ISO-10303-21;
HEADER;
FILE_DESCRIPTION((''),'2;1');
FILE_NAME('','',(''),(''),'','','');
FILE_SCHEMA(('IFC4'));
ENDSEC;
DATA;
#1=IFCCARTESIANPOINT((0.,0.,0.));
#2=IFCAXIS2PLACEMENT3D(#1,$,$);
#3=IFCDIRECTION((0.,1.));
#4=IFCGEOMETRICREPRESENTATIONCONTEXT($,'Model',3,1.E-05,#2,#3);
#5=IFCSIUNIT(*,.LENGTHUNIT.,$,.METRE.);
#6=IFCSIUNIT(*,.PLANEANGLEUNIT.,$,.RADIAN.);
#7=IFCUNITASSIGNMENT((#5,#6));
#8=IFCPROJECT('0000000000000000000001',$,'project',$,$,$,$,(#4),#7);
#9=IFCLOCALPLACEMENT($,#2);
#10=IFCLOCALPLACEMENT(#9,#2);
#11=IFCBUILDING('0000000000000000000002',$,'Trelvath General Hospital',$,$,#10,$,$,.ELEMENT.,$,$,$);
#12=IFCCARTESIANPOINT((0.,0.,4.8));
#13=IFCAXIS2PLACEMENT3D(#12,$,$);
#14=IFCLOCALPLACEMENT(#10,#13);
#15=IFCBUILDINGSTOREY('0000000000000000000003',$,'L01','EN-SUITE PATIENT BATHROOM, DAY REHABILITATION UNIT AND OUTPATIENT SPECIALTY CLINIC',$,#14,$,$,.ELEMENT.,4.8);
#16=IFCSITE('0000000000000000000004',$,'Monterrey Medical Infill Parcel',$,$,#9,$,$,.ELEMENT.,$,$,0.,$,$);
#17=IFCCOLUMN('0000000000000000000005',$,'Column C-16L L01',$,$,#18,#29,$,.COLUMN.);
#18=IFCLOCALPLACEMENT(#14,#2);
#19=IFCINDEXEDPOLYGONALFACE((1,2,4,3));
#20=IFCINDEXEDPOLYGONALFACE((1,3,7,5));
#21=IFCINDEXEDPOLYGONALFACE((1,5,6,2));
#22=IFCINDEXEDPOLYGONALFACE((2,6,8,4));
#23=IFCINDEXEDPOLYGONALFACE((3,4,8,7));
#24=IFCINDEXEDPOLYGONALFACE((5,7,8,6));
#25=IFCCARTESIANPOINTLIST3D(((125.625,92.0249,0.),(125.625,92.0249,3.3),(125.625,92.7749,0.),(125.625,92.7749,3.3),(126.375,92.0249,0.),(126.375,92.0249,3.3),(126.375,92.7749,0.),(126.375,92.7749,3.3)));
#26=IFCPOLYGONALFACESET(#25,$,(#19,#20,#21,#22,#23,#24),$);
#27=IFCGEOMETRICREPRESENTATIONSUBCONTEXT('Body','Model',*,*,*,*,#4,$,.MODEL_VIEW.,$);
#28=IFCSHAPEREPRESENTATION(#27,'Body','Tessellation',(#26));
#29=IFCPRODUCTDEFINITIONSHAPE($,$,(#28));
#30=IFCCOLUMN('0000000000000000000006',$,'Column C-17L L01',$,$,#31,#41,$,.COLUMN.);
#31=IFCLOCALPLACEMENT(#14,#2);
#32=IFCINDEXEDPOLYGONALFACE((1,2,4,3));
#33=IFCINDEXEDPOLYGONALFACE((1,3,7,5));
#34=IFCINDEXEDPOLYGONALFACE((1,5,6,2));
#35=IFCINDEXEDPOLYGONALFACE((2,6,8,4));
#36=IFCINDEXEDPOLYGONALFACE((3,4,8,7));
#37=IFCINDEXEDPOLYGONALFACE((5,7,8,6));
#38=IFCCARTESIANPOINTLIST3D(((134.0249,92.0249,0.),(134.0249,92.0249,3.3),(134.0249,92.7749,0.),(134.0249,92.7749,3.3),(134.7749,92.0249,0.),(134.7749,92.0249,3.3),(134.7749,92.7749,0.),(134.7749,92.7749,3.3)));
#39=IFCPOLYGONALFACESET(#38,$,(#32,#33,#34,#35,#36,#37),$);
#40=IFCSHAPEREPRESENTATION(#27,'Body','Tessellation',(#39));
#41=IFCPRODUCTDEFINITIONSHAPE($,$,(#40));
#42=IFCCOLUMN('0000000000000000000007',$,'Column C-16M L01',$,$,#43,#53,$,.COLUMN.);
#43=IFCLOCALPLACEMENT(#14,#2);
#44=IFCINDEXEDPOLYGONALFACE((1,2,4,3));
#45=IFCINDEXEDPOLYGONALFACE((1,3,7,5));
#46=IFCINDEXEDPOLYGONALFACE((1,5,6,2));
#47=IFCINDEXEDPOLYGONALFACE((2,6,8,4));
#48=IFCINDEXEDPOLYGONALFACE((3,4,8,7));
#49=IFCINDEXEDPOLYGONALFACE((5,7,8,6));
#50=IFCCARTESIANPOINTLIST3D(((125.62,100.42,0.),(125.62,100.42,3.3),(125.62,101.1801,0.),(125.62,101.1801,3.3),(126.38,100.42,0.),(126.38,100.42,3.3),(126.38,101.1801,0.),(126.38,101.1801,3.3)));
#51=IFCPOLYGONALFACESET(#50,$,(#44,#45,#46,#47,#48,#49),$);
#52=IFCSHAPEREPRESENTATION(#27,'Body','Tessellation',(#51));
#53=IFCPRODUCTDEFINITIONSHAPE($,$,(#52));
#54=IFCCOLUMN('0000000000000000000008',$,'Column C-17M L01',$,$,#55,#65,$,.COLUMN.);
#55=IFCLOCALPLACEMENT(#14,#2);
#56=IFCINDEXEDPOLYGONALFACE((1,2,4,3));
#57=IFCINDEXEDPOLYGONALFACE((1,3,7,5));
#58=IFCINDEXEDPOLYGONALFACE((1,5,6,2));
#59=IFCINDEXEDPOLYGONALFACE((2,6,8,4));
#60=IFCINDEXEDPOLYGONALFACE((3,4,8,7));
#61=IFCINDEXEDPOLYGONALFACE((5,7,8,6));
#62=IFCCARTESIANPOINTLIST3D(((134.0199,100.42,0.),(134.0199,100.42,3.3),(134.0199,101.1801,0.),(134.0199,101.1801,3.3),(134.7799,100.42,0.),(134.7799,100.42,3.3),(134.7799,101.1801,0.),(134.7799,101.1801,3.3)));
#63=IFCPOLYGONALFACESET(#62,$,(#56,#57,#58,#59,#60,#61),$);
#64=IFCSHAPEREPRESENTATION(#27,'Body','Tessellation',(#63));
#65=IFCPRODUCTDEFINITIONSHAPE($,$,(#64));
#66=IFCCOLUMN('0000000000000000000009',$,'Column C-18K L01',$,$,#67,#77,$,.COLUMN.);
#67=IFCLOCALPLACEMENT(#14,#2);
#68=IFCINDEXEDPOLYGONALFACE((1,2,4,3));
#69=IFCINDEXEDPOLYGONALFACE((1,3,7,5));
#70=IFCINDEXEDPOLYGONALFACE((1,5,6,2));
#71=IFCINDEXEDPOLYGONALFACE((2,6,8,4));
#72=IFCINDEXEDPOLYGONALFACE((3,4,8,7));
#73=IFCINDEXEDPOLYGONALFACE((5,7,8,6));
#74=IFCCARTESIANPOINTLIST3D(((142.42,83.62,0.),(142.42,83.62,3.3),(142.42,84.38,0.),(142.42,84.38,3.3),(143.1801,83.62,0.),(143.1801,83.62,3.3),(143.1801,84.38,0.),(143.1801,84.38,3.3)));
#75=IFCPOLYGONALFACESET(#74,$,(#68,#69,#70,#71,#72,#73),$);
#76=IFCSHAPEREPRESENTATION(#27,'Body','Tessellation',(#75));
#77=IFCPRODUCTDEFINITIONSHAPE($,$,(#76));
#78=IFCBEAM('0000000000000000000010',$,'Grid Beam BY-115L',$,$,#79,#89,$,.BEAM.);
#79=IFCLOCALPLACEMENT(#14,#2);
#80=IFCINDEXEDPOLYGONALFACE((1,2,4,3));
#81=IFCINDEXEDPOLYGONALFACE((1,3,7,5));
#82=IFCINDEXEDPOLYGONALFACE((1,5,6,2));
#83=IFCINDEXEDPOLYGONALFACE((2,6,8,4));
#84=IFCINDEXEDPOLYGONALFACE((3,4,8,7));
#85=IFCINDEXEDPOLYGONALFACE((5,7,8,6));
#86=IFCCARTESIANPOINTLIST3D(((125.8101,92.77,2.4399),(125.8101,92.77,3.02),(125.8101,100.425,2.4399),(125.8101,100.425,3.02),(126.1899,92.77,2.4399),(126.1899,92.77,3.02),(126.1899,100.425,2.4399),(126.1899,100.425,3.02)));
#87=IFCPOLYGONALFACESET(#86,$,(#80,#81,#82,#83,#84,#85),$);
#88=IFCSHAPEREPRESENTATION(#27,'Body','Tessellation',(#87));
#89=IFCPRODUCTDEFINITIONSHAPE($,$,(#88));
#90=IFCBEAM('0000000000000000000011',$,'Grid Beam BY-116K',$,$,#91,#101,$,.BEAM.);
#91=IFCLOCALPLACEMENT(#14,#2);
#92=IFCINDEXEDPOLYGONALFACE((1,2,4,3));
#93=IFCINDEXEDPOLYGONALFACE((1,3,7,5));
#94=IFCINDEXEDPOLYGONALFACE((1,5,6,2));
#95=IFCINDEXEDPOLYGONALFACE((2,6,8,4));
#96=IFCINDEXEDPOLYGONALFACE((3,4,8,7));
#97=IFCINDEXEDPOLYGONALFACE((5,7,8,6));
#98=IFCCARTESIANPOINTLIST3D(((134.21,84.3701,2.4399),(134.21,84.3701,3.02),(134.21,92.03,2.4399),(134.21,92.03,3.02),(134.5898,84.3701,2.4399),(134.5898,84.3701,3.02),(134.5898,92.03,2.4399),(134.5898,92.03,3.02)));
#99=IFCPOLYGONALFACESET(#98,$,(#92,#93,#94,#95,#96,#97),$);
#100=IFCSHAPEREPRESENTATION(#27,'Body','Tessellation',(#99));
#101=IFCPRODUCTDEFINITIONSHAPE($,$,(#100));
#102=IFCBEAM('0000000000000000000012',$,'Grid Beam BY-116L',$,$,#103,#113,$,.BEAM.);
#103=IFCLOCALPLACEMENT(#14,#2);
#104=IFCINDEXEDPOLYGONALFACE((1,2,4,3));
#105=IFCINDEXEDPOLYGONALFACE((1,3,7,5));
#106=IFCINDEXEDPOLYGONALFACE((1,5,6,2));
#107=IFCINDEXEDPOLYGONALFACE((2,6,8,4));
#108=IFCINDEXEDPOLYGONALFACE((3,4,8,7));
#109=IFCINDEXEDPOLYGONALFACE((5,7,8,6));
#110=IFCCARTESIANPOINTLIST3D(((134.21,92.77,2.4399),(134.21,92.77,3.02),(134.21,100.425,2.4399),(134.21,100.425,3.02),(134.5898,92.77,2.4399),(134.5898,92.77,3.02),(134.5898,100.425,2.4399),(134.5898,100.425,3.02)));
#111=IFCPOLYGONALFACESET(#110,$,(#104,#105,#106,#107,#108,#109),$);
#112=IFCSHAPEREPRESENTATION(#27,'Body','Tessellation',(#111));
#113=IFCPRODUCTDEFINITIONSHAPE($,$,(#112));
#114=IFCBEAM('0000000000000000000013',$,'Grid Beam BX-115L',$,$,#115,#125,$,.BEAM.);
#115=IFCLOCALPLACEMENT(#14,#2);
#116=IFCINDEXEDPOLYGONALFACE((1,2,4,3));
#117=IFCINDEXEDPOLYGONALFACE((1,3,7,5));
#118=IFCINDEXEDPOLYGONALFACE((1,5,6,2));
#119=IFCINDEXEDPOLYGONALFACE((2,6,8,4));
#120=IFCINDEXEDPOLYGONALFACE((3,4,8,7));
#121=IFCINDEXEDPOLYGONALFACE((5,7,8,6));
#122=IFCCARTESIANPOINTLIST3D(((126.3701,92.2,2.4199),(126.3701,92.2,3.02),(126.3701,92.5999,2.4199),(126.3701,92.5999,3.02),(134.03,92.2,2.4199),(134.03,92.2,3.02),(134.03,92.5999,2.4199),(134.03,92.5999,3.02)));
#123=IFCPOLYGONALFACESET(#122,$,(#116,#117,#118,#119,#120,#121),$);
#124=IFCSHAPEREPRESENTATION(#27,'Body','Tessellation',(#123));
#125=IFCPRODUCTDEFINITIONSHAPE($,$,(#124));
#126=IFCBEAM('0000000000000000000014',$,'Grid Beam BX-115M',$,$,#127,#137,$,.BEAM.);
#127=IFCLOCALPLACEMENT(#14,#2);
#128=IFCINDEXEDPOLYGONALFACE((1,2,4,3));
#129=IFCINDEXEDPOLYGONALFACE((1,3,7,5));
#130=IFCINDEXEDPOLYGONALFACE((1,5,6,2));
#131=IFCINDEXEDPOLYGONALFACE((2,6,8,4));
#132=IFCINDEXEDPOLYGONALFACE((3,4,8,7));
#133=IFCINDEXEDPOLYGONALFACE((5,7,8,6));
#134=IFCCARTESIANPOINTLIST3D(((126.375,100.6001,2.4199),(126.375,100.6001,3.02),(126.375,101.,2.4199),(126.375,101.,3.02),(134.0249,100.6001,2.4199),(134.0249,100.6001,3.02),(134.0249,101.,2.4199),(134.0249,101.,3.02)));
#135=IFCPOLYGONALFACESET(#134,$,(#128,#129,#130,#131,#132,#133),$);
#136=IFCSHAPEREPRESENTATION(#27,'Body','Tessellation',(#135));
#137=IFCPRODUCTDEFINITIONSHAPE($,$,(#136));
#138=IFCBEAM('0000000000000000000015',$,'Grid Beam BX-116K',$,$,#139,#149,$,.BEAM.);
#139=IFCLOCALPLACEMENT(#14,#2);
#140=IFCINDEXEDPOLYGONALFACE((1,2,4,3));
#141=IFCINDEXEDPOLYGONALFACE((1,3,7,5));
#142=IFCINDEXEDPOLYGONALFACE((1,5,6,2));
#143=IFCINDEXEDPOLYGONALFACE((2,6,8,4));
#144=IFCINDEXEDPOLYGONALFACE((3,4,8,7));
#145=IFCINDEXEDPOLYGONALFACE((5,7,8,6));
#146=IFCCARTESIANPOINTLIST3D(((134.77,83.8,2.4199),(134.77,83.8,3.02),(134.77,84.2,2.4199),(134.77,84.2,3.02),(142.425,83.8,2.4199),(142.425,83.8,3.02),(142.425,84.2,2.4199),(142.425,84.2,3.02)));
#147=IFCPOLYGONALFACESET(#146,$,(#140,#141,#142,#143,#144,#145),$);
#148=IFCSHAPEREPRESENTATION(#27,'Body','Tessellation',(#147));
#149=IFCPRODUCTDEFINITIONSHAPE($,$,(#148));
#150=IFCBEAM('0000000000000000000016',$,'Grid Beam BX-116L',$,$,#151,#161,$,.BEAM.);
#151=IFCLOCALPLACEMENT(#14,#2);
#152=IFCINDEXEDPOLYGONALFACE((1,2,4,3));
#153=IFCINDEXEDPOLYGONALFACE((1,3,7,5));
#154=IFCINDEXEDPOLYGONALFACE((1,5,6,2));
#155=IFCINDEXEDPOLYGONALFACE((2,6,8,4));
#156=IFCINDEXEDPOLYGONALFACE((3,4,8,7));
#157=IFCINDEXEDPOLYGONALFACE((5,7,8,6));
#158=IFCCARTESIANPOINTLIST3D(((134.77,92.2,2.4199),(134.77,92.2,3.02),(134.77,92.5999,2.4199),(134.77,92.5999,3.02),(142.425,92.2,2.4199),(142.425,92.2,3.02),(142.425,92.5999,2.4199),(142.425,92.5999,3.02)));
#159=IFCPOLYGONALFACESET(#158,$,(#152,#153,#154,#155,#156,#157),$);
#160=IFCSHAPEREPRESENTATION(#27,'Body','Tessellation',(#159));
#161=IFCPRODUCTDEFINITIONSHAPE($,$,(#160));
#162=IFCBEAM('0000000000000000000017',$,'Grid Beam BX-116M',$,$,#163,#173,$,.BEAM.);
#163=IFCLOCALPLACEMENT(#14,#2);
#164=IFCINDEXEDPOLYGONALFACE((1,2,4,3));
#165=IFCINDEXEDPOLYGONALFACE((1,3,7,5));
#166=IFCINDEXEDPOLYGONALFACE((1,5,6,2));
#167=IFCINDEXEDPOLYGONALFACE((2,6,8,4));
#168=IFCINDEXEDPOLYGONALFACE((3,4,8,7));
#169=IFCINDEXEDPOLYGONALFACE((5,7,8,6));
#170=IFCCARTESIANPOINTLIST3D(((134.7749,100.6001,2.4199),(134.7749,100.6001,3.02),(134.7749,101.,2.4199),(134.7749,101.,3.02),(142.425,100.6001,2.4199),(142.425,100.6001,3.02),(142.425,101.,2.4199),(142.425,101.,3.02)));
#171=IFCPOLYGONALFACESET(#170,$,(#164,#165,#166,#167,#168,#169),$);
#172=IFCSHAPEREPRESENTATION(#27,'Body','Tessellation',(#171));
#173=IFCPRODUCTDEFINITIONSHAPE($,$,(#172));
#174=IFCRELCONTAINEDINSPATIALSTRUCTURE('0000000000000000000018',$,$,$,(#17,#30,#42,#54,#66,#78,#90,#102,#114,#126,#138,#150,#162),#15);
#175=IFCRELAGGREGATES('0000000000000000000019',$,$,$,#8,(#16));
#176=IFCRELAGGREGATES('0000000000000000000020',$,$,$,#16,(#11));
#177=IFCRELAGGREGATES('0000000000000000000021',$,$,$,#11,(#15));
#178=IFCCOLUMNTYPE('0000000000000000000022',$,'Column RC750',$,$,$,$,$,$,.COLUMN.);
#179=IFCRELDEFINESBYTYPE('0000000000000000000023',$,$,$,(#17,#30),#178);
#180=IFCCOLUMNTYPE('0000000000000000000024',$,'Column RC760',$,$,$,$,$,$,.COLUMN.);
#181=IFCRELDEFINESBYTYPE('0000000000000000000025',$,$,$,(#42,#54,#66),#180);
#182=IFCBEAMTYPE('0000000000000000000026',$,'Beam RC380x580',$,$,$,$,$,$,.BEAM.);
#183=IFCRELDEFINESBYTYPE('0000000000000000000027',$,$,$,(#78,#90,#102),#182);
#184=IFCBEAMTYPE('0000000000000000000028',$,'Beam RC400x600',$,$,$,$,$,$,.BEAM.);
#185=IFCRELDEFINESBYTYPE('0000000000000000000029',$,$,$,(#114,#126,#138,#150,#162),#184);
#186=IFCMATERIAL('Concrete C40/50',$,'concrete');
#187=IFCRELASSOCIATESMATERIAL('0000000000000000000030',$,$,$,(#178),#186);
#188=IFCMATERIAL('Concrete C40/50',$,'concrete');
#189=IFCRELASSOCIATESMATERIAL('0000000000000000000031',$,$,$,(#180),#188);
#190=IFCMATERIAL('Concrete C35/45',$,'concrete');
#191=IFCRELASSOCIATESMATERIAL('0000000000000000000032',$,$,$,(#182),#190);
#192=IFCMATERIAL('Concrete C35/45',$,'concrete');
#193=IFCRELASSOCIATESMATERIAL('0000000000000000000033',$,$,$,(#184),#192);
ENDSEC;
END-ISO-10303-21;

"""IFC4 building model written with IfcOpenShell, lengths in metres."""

from ifc_helpers import new_model, si_unit, direction, frame, origin, origin_2d, place, context, subcontext, project, spatial, rectangle, extrude, material, material_profile, profile_set, type_object, element, save


model = new_model("IFC4")

# Units and contexts
model_context = context("Model", 3, precision=1e-05, world=origin(), true_north=direction((0.0, 1.0)))
body_context = subcontext(model_context, "Body", "Model", "MODEL_VIEW")
ifc_project = project(units=[si_unit("LENGTHUNIT", "METRE"), si_unit("PLANEANGLEUNIT", "RADIAN")], contexts=[model_context])

# Site, building, storey
site_placement = place(None, origin())
site = spatial("IfcSite", under=ifc_project, at=site_placement, Name="Monterrey Medical Infill Parcel", CompositionType="ELEMENT", RefElevation=0.0)
building_placement = place(site_placement, origin())
building = spatial("IfcBuilding", under=site, at=building_placement, Name="Trelvath General Hospital", CompositionType="ELEMENT")
storey_placement = place(building_placement, frame((0.0, 0.0, 4.8)))
storey = spatial("IfcBuildingStorey", under=building, at=storey_placement, Name="L01", Description="EN-SUITE PATIENT BATHROOM, DAY REHABILITATION UNIT AND OUTPATIENT SPECIALTY CLINIC", CompositionType="ELEMENT", Elevation=4.8)

# Columns
ifc_material_1 = material(Name="Concrete C40/50", Category="concrete")
ifc_material_profile_1 = material_profile(ifc_material_1, rectangle(XDim=0.75, YDim=0.75, at=origin_2d()), Name="RC750x750")
ifc_profile_set_1 = profile_set([ifc_material_profile_1], Name="Concrete C40/50")
column_type_1 = type_object("IfcColumnType", Name="Column RC750", PredefinedType="COLUMN", material=ifc_profile_set_1)
for number, where, z_axis, x_axis, name in (
    (1, (126.0, 92.3999, 0.0), (0.0, 0.0, 1.0), (1.0, 0.0, 0.0), "Column C-16L L01"),
    (2, (134.3999, 92.3999, 0.0), (0.0, 0.0, 1.0), (1.0, 0.0, 0.0), "Column C-17L L01"),
):
    element("IfcColumn", number, at=place(storey_placement, frame(where, z_axis=z_axis, x_axis=x_axis)), inside=storey, type_object=column_type_1, Name=name, PredefinedType="COLUMN", context=body_context, shape_type="SweptSolid", body=[
        extrude(rectangle(XDim=0.75, YDim=0.75, at=origin_2d()), origin(), (0.0, 0.0, 1.0), 3.3),
    ])
ifc_material_2 = material(Name="Concrete C40/50", Category="concrete")
ifc_material_profile_2 = material_profile(ifc_material_2, rectangle(XDim=0.76, YDim=0.76, at=origin_2d()), Name="RC760x760")
ifc_profile_set_2 = profile_set([ifc_material_profile_2], Name="Concrete C40/50")
column_type_2 = type_object("IfcColumnType", Name="Column RC760", PredefinedType="COLUMN", material=ifc_profile_set_2)
for number, where, z_axis, x_axis, name in (
    (3, (126.0, 100.8, 0.0), (0.0, 0.0, 1.0), (1.0, 0.0, 0.0), "Column C-16M L01"),
    (4, (134.3999, 100.8, 0.0), (0.0, 0.0, 1.0), (1.0, 0.0, 0.0), "Column C-17M L01"),
    (5, (142.8, 84.0, 0.0), (0.0, 0.0, 1.0), (1.0, 0.0, 0.0), "Column C-18K L01"),
):
    element("IfcColumn", number, at=place(storey_placement, frame(where, z_axis=z_axis, x_axis=x_axis)), inside=storey, type_object=column_type_2, Name=name, PredefinedType="COLUMN", context=body_context, shape_type="SweptSolid", body=[
        extrude(rectangle(XDim=0.76, YDim=0.76, at=origin_2d()), origin(), (0.0, 0.0, 1.0), 3.3),
    ])

# Beams
ifc_material_3 = material(Name="Concrete C35/45", Category="concrete")
ifc_material_profile_3 = material_profile(ifc_material_3, rectangle(XDim=0.3799, YDim=0.5801, at=origin_2d()), Name="RCB380x580")
ifc_profile_set_3 = profile_set([ifc_material_profile_3], Name="Concrete C35/45")
beam_type_1 = type_object("IfcBeamType", Name="Beam RC380x580", PredefinedType="BEAM", material=ifc_profile_set_3)
beam_1_placement = place(storey_placement, frame((126.0, 92.77, 2.73), z_axis=(0.0, 1.0, 0.0), x_axis=(-1.0, 0.0, 0.0)))
element("IfcBeam", 6, at=beam_1_placement, inside=storey, type_object=beam_type_1, Name="Grid Beam BY-115L", PredefinedType="BEAM", context=body_context, shape_type="SweptSolid", body=[
    extrude(rectangle(XDim=0.3799, YDim=0.5801, at=origin_2d()), origin(), (0.0, 0.0, 1.0), 7.655),
])
beam_2_placement = place(storey_placement, frame((134.3999, 84.3701, 2.73), z_axis=(0.0, 1.0, 0.0), x_axis=(-1.0, 0.0, 0.0)))
element("IfcBeam", 7, at=beam_2_placement, inside=storey, type_object=beam_type_1, Name="Grid Beam BY-116K", PredefinedType="BEAM", context=body_context, shape_type="SweptSolid", body=[
    extrude(rectangle(XDim=0.3799, YDim=0.5801, at=origin_2d()), origin(), (0.0, 0.0, 1.0), 7.6599),
])
beam_3_placement = place(storey_placement, frame((134.3999, 92.77, 2.73), z_axis=(0.0, 1.0, 0.0), x_axis=(-1.0, 0.0, 0.0)))
element("IfcBeam", 8, at=beam_3_placement, inside=storey, type_object=beam_type_1, Name="Grid Beam BY-116L", PredefinedType="BEAM", context=body_context, shape_type="SweptSolid", body=[
    extrude(rectangle(XDim=0.3799, YDim=0.5801, at=origin_2d()), origin(), (0.0, 0.0, 1.0), 7.655),
])
ifc_material_4 = material(Name="Concrete C35/45", Category="concrete")
ifc_material_profile_4 = material_profile(ifc_material_4, rectangle(XDim=0.3999, YDim=0.6001, at=origin_2d()), Name="RCB400x600")
ifc_profile_set_4 = profile_set([ifc_material_profile_4], Name="Concrete C35/45")
beam_type_2 = type_object("IfcBeamType", Name="Beam RC400x600", PredefinedType="BEAM", material=ifc_profile_set_4)
beam_4_placement = place(storey_placement, frame((126.3701, 92.3999, 2.72), z_axis=(1.0, 0.0, 0.0), x_axis=(0.0, 1.0, 0.0)))
element("IfcBeam", 9, at=beam_4_placement, inside=storey, type_object=beam_type_2, Name="Grid Beam BX-115L", PredefinedType="BEAM", context=body_context, shape_type="SweptSolid", body=[
    extrude(rectangle(XDim=0.3999, YDim=0.6001, at=origin_2d()), origin(), (0.0, 0.0, 1.0), 7.6599),
])
beam_5_placement = place(storey_placement, frame((126.375, 100.8, 2.72), z_axis=(1.0, 0.0, 0.0), x_axis=(0.0, 1.0, 0.0)))
element("IfcBeam", 10, at=beam_5_placement, inside=storey, type_object=beam_type_2, Name="Grid Beam BX-115M", PredefinedType="BEAM", context=body_context, shape_type="SweptSolid", body=[
    extrude(rectangle(XDim=0.3999, YDim=0.6001, at=origin_2d()), origin(), (0.0, 0.0, 1.0), 7.6499),
])
for number, where, z_axis, x_axis, name in (
    (11, (134.77, 84.0, 2.72), (1.0, 0.0, 0.0), (0.0, 1.0, 0.0), "Grid Beam BX-116K"),
    (12, (134.77, 92.3999, 2.72), (1.0, 0.0, 0.0), (0.0, 1.0, 0.0), "Grid Beam BX-116L"),
):
    element("IfcBeam", number, at=place(storey_placement, frame(where, z_axis=z_axis, x_axis=x_axis)), inside=storey, type_object=beam_type_2, Name=name, PredefinedType="BEAM", context=body_context, shape_type="SweptSolid", body=[
        extrude(rectangle(XDim=0.3999, YDim=0.6001, at=origin_2d()), origin(), (0.0, 0.0, 1.0), 7.655),
    ])
beam_6_placement = place(storey_placement, frame((134.7749, 100.8, 2.72), z_axis=(1.0, 0.0, 0.0), x_axis=(0.0, 1.0, 0.0)))
element("IfcBeam", 13, at=beam_6_placement, inside=storey, type_object=beam_type_2, Name="Grid Beam BX-116M", PredefinedType="BEAM", context=body_context, shape_type="SweptSolid", body=[
    extrude(rectangle(XDim=0.3999, YDim=0.6001, at=origin_2d()), origin(), (0.0, 0.0, 1.0), 7.6501),
])

save(model, "model.ifc")
